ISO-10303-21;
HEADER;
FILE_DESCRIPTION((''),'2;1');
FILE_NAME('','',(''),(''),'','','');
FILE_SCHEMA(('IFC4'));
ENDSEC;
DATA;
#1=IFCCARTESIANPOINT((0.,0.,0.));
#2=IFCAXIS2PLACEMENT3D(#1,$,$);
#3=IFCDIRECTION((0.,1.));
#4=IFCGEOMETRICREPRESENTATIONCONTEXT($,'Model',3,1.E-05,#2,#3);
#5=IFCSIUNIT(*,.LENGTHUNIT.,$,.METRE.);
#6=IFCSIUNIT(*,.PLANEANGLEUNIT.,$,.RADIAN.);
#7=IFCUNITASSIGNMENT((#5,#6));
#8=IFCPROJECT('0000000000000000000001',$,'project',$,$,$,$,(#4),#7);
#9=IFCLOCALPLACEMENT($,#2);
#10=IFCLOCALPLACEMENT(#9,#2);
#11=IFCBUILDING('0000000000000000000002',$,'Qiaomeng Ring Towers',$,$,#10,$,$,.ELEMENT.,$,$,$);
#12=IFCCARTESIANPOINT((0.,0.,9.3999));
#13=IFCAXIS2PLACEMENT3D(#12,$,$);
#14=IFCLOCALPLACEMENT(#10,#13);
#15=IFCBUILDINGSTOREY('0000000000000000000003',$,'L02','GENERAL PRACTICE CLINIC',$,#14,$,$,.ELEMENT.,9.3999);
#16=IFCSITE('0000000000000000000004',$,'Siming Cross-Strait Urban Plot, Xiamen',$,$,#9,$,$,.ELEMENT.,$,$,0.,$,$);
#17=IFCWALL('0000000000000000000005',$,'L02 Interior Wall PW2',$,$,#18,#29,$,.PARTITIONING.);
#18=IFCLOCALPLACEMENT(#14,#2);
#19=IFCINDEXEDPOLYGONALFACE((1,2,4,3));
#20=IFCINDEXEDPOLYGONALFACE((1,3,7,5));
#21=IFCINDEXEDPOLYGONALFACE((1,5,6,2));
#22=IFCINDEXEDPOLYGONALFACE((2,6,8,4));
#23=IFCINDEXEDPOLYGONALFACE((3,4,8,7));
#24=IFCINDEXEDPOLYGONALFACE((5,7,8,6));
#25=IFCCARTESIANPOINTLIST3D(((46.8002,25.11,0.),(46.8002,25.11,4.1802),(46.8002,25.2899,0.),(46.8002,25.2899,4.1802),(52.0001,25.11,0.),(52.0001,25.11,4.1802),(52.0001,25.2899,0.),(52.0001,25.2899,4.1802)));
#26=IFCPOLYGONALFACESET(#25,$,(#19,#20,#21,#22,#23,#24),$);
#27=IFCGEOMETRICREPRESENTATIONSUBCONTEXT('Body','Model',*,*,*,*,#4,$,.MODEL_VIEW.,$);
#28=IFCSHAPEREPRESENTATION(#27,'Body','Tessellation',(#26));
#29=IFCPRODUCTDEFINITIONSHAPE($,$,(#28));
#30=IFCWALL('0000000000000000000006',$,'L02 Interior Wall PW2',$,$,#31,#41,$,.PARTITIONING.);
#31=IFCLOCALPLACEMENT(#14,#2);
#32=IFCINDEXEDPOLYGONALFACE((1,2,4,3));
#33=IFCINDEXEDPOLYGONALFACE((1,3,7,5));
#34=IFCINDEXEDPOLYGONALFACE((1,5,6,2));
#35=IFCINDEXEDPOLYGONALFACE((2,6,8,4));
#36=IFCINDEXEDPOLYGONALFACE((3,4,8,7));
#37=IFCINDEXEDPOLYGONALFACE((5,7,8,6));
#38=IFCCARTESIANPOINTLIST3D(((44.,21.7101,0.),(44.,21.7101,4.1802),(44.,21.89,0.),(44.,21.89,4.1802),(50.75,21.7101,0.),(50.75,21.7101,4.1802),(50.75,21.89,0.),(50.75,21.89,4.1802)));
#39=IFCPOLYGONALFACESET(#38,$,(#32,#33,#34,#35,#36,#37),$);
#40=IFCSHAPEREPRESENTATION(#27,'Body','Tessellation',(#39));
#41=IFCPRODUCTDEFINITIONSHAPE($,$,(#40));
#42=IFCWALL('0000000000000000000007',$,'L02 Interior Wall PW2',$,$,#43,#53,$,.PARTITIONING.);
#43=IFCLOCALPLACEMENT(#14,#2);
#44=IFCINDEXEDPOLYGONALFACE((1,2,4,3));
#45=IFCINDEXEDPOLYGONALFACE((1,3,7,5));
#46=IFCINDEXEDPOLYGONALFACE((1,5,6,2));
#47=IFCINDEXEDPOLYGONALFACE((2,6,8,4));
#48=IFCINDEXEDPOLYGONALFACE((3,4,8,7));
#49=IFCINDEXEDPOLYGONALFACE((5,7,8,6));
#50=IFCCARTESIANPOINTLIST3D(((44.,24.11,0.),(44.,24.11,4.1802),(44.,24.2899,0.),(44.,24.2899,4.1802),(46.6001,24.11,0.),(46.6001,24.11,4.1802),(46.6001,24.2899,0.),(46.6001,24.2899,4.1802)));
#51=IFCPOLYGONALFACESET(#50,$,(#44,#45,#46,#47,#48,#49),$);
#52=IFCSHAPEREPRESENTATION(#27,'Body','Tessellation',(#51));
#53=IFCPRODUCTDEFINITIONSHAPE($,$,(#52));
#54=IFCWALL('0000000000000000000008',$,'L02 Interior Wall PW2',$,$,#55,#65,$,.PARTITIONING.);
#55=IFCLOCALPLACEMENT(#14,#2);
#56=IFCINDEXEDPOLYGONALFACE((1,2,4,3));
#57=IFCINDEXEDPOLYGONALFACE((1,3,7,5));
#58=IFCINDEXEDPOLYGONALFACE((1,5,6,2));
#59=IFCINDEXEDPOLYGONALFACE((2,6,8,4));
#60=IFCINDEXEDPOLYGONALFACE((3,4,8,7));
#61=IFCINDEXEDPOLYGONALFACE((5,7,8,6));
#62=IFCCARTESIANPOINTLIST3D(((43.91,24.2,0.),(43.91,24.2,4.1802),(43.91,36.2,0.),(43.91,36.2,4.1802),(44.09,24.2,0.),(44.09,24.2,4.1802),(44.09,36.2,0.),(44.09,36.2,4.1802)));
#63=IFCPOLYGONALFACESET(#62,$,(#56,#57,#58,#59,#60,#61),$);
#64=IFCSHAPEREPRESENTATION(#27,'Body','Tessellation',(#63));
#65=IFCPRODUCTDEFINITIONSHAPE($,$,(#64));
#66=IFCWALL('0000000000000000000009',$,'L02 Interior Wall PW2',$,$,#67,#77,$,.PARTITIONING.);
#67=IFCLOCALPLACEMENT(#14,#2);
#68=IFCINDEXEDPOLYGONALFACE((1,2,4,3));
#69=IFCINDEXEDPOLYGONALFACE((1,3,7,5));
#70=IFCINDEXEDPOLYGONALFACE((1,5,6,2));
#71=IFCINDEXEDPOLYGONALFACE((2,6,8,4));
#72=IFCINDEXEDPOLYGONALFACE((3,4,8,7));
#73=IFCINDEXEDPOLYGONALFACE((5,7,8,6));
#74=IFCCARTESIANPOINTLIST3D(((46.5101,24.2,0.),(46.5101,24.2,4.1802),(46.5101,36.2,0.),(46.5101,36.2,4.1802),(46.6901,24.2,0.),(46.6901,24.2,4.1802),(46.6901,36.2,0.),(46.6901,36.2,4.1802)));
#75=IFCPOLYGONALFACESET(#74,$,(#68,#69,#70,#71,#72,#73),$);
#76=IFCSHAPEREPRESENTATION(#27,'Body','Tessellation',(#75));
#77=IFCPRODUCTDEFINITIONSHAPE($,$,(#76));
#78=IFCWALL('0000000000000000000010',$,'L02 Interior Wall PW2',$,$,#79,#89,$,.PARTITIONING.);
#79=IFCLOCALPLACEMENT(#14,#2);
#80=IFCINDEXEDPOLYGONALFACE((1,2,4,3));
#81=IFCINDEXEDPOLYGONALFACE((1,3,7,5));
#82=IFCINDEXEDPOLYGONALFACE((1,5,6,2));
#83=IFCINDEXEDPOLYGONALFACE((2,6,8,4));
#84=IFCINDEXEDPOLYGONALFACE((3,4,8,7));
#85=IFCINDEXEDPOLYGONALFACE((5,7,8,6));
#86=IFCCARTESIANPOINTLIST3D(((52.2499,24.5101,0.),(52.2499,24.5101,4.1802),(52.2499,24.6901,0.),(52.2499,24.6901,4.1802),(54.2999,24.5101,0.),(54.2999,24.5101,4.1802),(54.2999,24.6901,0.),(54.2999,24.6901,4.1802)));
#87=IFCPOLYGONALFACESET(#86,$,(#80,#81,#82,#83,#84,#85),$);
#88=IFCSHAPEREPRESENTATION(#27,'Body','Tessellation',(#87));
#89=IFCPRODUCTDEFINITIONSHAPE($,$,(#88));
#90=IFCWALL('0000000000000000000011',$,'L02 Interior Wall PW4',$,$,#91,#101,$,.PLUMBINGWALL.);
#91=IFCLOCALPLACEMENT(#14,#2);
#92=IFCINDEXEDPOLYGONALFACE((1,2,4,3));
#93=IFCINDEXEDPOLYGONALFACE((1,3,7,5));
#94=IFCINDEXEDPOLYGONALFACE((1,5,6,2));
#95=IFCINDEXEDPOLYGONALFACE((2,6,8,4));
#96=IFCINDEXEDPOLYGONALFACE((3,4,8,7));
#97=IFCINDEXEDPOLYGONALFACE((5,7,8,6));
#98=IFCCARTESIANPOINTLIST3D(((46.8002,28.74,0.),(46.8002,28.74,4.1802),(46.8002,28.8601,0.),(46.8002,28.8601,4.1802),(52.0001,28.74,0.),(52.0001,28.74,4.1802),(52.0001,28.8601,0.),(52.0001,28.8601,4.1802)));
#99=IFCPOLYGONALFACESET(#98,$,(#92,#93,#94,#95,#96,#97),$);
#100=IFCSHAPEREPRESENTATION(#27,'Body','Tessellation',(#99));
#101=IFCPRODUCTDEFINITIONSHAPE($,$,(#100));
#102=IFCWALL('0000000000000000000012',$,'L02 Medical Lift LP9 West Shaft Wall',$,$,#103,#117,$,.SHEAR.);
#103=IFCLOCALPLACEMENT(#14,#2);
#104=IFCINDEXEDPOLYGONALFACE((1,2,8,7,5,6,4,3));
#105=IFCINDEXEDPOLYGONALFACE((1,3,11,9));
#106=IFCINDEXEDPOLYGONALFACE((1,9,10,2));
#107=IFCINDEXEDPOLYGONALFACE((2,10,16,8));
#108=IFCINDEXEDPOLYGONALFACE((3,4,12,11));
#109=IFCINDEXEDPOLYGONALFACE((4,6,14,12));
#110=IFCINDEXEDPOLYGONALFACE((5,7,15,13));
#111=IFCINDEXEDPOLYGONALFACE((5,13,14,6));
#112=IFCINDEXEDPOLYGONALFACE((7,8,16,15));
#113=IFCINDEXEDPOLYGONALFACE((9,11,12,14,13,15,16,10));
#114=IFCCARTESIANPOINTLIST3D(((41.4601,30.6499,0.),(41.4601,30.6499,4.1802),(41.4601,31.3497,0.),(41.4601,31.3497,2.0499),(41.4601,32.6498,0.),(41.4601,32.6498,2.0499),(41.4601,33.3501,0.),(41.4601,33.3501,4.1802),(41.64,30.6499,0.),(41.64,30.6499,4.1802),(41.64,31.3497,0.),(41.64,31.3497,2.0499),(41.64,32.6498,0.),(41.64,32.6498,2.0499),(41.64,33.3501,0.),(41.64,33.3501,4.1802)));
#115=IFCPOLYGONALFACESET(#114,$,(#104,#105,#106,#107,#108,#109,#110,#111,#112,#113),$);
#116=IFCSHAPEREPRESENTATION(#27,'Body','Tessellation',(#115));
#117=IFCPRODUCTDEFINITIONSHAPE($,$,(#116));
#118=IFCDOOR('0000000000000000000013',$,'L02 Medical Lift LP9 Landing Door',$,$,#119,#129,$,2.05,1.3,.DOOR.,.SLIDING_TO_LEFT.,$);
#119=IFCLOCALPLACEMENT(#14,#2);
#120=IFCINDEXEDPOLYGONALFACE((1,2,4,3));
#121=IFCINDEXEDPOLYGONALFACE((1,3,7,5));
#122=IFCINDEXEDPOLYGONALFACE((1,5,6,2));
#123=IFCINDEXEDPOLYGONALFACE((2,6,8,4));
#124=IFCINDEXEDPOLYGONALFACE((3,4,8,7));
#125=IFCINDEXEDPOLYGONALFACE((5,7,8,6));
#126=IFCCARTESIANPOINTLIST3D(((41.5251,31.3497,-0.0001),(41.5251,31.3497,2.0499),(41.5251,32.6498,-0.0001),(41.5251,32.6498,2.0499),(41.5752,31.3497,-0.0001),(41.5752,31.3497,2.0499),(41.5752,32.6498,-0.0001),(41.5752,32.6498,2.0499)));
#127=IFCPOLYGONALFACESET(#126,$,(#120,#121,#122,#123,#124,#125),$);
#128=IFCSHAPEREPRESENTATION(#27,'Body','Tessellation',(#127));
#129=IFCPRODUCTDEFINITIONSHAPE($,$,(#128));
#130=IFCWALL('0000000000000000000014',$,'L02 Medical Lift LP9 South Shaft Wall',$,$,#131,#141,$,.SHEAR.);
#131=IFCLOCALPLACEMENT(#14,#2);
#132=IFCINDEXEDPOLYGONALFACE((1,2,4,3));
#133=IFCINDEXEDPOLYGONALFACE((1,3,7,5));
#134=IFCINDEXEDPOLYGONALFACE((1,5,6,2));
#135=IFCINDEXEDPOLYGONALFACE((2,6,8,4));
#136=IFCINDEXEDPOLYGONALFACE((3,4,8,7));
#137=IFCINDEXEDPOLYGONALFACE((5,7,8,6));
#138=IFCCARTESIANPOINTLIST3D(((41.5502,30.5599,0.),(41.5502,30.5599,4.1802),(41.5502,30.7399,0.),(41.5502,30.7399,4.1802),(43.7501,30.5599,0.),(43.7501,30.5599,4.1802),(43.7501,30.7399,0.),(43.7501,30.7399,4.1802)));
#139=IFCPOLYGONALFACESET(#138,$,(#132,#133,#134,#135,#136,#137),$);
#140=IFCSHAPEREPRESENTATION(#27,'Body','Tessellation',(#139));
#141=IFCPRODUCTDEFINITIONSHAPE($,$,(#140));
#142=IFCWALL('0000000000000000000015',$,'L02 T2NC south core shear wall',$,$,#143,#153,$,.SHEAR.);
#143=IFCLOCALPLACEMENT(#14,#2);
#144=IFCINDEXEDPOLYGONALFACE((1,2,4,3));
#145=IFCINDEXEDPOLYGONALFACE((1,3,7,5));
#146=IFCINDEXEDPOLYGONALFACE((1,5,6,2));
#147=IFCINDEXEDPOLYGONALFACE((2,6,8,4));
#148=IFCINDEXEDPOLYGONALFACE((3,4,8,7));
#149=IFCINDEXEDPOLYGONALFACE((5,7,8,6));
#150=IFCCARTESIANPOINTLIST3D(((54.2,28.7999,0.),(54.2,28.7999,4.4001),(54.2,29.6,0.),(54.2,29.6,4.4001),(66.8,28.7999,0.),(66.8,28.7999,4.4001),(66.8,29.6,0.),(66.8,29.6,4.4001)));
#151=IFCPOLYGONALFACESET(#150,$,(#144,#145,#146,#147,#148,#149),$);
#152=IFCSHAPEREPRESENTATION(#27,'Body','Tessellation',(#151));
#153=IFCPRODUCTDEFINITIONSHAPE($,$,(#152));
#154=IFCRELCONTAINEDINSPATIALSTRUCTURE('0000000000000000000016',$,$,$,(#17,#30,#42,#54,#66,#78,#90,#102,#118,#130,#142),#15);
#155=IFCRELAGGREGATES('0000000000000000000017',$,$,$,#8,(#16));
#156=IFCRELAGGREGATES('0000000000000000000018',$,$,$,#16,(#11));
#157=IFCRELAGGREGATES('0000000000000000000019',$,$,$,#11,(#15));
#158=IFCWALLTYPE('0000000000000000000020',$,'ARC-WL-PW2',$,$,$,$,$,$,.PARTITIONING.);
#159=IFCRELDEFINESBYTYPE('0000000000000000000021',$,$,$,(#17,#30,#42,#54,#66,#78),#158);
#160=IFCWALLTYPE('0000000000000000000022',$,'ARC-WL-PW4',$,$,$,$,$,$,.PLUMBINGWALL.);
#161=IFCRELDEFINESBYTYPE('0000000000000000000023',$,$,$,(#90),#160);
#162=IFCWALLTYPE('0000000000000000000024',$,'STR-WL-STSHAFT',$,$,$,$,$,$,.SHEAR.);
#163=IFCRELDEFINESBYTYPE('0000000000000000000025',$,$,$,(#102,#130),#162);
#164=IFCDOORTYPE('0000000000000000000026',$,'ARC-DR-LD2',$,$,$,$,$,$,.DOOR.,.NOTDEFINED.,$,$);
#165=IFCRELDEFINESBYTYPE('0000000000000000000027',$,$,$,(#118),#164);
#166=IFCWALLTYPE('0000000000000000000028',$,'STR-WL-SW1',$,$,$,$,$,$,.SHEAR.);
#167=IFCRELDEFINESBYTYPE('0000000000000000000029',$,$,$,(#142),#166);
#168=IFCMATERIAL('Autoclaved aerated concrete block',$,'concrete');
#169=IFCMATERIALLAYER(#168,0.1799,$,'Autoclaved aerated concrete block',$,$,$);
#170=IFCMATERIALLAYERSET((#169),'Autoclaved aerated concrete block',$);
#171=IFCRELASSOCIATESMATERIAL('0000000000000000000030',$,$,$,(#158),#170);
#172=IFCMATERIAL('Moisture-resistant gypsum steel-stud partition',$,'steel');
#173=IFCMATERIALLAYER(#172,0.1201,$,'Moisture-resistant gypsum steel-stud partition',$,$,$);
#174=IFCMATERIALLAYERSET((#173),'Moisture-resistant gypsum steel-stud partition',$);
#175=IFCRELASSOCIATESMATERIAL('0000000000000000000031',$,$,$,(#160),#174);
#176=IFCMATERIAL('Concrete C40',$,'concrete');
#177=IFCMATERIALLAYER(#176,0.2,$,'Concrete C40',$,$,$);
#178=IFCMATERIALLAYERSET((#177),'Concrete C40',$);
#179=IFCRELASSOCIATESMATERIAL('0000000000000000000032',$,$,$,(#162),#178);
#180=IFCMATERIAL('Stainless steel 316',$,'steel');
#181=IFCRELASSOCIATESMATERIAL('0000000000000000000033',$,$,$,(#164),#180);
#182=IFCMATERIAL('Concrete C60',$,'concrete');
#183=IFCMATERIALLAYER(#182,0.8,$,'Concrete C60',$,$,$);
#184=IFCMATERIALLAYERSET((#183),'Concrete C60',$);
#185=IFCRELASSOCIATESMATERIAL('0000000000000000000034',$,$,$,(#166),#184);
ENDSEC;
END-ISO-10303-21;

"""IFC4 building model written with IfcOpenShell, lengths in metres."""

from ifc_helpers import new_model, si_unit, direction, frame, frame_2d, origin, place, context, subcontext, project, spatial, rectangle, extrude, source, transform, mapped, material, layer, layer_set, type_object, element, fill, save


model = new_model("IFC4")

# Units and contexts
model_context = context("Model", 3, precision=1e-05, world=origin(), true_north=direction((0.0, 1.0)))
body_context = subcontext(model_context, "Body", "Model", "MODEL_VIEW")
ifc_project = project(units=[si_unit("LENGTHUNIT", "METRE"), si_unit("PLANEANGLEUNIT", "RADIAN")], contexts=[model_context])

# Site, building, storey
site_placement = place(None, origin())
site = spatial("IfcSite", under=ifc_project, at=site_placement, Name="Siming Cross-Strait Urban Plot, Xiamen", CompositionType="ELEMENT", RefElevation=0.0)
building_placement = place(site_placement, origin())
building = spatial("IfcBuilding", under=site, at=building_placement, Name="Qiaomeng Ring Towers", CompositionType="ELEMENT")
storey_placement = place(building_placement, frame((0.0, 0.0, 9.3999)))
storey = spatial("IfcBuildingStorey", under=building, at=storey_placement, Name="L02", Description="GENERAL PRACTICE CLINIC", CompositionType="ELEMENT", Elevation=9.3999)

# Shared definitions
ifc_material_1 = material(Name="Concrete C60", Category="concrete")

# Shared definitions
ifc_material_2 = material(Name="Autoclaved aerated concrete block", Category="concrete")
ifc_layer_1 = layer(ifc_material_2, 0.1799, Name="Autoclaved aerated concrete block")
ifc_layer_set_1 = layer_set([ifc_layer_1], Name="Autoclaved aerated concrete block")
wall_type_1 = type_object("IfcWallType", Name="ARC-WL-PW2", PredefinedType="PARTITIONING", material=ifc_layer_set_1)

# Walls
wall_1_placement = place(storey_placement, frame((46.8, 25.2, 0.0), z_axis=(0.0, 0.0, 1.0), x_axis=(1.0, 0.0, 0.0)))
element("IfcWall", 1, at=wall_1_placement, inside=storey, type_object=wall_type_1, Name="L02 Interior Wall PW2", PredefinedType="PARTITIONING", context=body_context, shape_type="SweptSolid", body=[
    extrude(rectangle(XDim=5.2, YDim=0.1799, at=frame_2d((2.6001, 0.0))), origin(), (0.0, 0.0, 1.0), 4.1802),
])
wall_2_placement = place(storey_placement, frame((44.0, 21.8, 0.0), z_axis=(0.0, 0.0, 1.0), x_axis=(1.0, 0.0, 0.0)))
element("IfcWall", 2, at=wall_2_placement, inside=storey, type_object=wall_type_1, Name="L02 Interior Wall PW2", PredefinedType="PARTITIONING", context=body_context, shape_type="SweptSolid", body=[
    extrude(rectangle(XDim=6.75, YDim=0.1799, at=frame_2d((3.375, 0.0))), origin(), (0.0, 0.0, 1.0), 4.1802),
])
wall_3_placement = place(storey_placement, frame((44.0, 24.2, 0.0), z_axis=(0.0, 0.0, 1.0), x_axis=(1.0, 0.0, 0.0)))
element("IfcWall", 3, at=wall_3_placement, inside=storey, type_object=wall_type_1, Name="L02 Interior Wall PW2", PredefinedType="PARTITIONING", context=body_context, shape_type="SweptSolid", body=[
    extrude(rectangle(XDim=2.6001, YDim=0.1799, at=frame_2d((1.3, 0.0))), origin(), (0.0, 0.0, 1.0), 4.1802),
])
for number, where, z_axis, x_axis, name in (
    (4, (44.0, 24.2, 0.0), (0.0, 0.0, 1.0), (0.0, 1.0, 0.0), "L02 Interior Wall PW2"),
    (5, (46.6001, 24.2, 0.0), (0.0, 0.0, 1.0), (0.0, 1.0, 0.0), "L02 Interior Wall PW2"),
):
    element("IfcWall", number, at=place(storey_placement, frame(where, z_axis=z_axis, x_axis=x_axis)), inside=storey, type_object=wall_type_1, Name=name, PredefinedType="PARTITIONING", context=body_context, shape_type="SweptSolid", body=[
        extrude(rectangle(XDim=12.0, YDim=0.1799, at=frame_2d((6.0, 0.0))), origin(), (0.0, 0.0, 1.0), 4.1802),
    ])
wall_4_placement = place(storey_placement, frame((52.25, 24.6001, 0.0), z_axis=(0.0, 0.0, 1.0), x_axis=(1.0, 0.0, 0.0)))
element("IfcWall", 6, at=wall_4_placement, inside=storey, type_object=wall_type_1, Name="L02 Interior Wall PW2", PredefinedType="PARTITIONING", context=body_context, shape_type="SweptSolid", body=[
    extrude(rectangle(XDim=2.05, YDim=0.1799, at=frame_2d((1.0249, 0.0))), origin(), (0.0, 0.0, 1.0), 4.1802),
])
ifc_material_3 = material(Name="Moisture-resistant gypsum steel-stud partition", Category="steel")
ifc_layer_2 = layer(ifc_material_3, 0.1201, Name="Moisture-resistant gypsum steel-stud partition")
ifc_layer_set_2 = layer_set([ifc_layer_2], Name="Moisture-resistant gypsum steel-stud partition")
wall_type_2 = type_object("IfcWallType", Name="ARC-WL-PW4", PredefinedType="PLUMBINGWALL", material=ifc_layer_set_2)
wall_5_placement = place(storey_placement, frame((46.8, 28.8, 0.0), z_axis=(0.0, 0.0, 1.0), x_axis=(1.0, 0.0, 0.0)))
element("IfcWall", 7, at=wall_5_placement, inside=storey, type_object=wall_type_2, Name="L02 Interior Wall PW4", PredefinedType="PLUMBINGWALL", context=body_context, shape_type="SweptSolid", body=[
    extrude(rectangle(XDim=5.2, YDim=0.1201, at=frame_2d((2.6001, 0.0))), origin(), (0.0, 0.0, 1.0), 4.1802),
])

# Wall, opening, door
ifc_material_4 = material(Name="Concrete C40", Category="concrete")
ifc_layer_3 = layer(ifc_material_4, 0.2, Name="Concrete C40")
ifc_layer_set_3 = layer_set([ifc_layer_3], Name="Concrete C40")
wall_type_3 = type_object("IfcWallType", Name="STR-WL-STSHAFT", PredefinedType="SHEAR", material=ifc_layer_set_3)
wall_6_placement = place(storey_placement, frame((41.55, 30.6499, 0.0), z_axis=(0.0, 0.0, 1.0), x_axis=(0.0, 1.0, 0.0)))
wall_6 = element("IfcWall", 8, at=wall_6_placement, inside=storey, type_object=wall_type_3, Name="L02 Medical Lift LP9 West Shaft Wall", PredefinedType="SHEAR", context=body_context, shape_type="SweptSolid", body=[
    extrude(rectangle(XDim=2.7002, YDim=0.1799, at=frame_2d((1.3501, 0.0))), origin(), (0.0, 0.0, 1.0), 4.1802),
])
opening_1_placement = place(wall_6_placement, frame((0.7, 0.0, 0.0)))
opening_1 = element("IfcOpeningElement", 9, at=opening_1_placement, cuts=wall_6, PredefinedType="OPENING", context=body_context, shape_type="SweptSolid", body=[
    extrude(rectangle(XDim=1.3, YDim=2.05, at=frame_2d((0.6499, 1.0249))), frame((0.0, 0.0999, 0.0), z_axis=(0.0, -1.0, 0.0), x_axis=(1.0, 0.0, 0.0)), (0.0, 0.0, 1.0), 0.2),
])
ifc_material_5 = material(Name="Stainless steel 316", Category="steel")
door_type_1 = type_object("IfcDoorType", Name="ARC-DR-LD2", OperationType="NOTDEFINED", PredefinedType="DOOR", material=ifc_material_5)
shared_shape_1 = source(origin(), body_context, "Body", "SweptSolid", [
    extrude(rectangle(XDim=1.3, YDim=2.05, at=frame_2d((0.6499, 1.0249))), frame((0.0, 0.0249, 0.0), z_axis=(0.0, -1.0, 0.0), x_axis=(1.0, 0.0, 0.0)), (0.0, 0.0, 1.0), 0.05),
])
door_1_placement = place(opening_1_placement, origin())
door_1 = element("IfcDoor", 10, at=door_1_placement, inside=storey, type_object=door_type_1, Name="L02 Medical Lift LP9 Landing Door", OperationType="SLIDING_TO_LEFT", OverallHeight=2.05, OverallWidth=1.3, PredefinedType="DOOR", context=body_context, shape_type="MappedRepresentation", body=[
    mapped(shared_shape_1, transform((0.0, 0.0, 0.0), x_axis=(1.0, 0.0, 0.0), y_axis=(0.0, 1.0, 0.0), z_axis=(0.0, 0.0, 1.0), scale=1.0)),
])
fill(opening_1, door_1)

# Walls
wall_7_placement = place(storey_placement, frame((41.55, 30.6499, 0.0), z_axis=(0.0, 0.0, 1.0), x_axis=(1.0, 0.0, 0.0)))
element("IfcWall", 11, at=wall_7_placement, inside=storey, type_object=wall_type_3, Name="L02 Medical Lift LP9 South Shaft Wall", PredefinedType="SHEAR", context=body_context, shape_type="SweptSolid", body=[
    extrude(rectangle(XDim=2.2, YDim=0.1799, at=frame_2d((1.1001, 0.0))), origin(), (0.0, 0.0, 1.0), 4.1802),
])
ifc_layer_4 = layer(ifc_material_1, 0.8, Name="Concrete C60")
ifc_layer_set_4 = layer_set([ifc_layer_4], Name="Concrete C60")
wall_type_4 = type_object("IfcWallType", Name="STR-WL-SW1", PredefinedType="SHEAR", material=ifc_layer_set_4)
wall_8_placement = place(storey_placement, frame((54.2, 29.2, 0.0), z_axis=(0.0, 0.0, 1.0), x_axis=(1.0, 0.0, 0.0)))
element("IfcWall", 12, at=wall_8_placement, inside=storey, type_object=wall_type_4, Name="L02 T2NC south core shear wall", PredefinedType="SHEAR", context=body_context, shape_type="SweptSolid", body=[
    extrude(rectangle(XDim=12.6001, YDim=0.8, at=frame_2d((6.3, 0.0))), origin(), (0.0, 0.0, 1.0), 4.4001),
])

save(model, "model.ifc")
